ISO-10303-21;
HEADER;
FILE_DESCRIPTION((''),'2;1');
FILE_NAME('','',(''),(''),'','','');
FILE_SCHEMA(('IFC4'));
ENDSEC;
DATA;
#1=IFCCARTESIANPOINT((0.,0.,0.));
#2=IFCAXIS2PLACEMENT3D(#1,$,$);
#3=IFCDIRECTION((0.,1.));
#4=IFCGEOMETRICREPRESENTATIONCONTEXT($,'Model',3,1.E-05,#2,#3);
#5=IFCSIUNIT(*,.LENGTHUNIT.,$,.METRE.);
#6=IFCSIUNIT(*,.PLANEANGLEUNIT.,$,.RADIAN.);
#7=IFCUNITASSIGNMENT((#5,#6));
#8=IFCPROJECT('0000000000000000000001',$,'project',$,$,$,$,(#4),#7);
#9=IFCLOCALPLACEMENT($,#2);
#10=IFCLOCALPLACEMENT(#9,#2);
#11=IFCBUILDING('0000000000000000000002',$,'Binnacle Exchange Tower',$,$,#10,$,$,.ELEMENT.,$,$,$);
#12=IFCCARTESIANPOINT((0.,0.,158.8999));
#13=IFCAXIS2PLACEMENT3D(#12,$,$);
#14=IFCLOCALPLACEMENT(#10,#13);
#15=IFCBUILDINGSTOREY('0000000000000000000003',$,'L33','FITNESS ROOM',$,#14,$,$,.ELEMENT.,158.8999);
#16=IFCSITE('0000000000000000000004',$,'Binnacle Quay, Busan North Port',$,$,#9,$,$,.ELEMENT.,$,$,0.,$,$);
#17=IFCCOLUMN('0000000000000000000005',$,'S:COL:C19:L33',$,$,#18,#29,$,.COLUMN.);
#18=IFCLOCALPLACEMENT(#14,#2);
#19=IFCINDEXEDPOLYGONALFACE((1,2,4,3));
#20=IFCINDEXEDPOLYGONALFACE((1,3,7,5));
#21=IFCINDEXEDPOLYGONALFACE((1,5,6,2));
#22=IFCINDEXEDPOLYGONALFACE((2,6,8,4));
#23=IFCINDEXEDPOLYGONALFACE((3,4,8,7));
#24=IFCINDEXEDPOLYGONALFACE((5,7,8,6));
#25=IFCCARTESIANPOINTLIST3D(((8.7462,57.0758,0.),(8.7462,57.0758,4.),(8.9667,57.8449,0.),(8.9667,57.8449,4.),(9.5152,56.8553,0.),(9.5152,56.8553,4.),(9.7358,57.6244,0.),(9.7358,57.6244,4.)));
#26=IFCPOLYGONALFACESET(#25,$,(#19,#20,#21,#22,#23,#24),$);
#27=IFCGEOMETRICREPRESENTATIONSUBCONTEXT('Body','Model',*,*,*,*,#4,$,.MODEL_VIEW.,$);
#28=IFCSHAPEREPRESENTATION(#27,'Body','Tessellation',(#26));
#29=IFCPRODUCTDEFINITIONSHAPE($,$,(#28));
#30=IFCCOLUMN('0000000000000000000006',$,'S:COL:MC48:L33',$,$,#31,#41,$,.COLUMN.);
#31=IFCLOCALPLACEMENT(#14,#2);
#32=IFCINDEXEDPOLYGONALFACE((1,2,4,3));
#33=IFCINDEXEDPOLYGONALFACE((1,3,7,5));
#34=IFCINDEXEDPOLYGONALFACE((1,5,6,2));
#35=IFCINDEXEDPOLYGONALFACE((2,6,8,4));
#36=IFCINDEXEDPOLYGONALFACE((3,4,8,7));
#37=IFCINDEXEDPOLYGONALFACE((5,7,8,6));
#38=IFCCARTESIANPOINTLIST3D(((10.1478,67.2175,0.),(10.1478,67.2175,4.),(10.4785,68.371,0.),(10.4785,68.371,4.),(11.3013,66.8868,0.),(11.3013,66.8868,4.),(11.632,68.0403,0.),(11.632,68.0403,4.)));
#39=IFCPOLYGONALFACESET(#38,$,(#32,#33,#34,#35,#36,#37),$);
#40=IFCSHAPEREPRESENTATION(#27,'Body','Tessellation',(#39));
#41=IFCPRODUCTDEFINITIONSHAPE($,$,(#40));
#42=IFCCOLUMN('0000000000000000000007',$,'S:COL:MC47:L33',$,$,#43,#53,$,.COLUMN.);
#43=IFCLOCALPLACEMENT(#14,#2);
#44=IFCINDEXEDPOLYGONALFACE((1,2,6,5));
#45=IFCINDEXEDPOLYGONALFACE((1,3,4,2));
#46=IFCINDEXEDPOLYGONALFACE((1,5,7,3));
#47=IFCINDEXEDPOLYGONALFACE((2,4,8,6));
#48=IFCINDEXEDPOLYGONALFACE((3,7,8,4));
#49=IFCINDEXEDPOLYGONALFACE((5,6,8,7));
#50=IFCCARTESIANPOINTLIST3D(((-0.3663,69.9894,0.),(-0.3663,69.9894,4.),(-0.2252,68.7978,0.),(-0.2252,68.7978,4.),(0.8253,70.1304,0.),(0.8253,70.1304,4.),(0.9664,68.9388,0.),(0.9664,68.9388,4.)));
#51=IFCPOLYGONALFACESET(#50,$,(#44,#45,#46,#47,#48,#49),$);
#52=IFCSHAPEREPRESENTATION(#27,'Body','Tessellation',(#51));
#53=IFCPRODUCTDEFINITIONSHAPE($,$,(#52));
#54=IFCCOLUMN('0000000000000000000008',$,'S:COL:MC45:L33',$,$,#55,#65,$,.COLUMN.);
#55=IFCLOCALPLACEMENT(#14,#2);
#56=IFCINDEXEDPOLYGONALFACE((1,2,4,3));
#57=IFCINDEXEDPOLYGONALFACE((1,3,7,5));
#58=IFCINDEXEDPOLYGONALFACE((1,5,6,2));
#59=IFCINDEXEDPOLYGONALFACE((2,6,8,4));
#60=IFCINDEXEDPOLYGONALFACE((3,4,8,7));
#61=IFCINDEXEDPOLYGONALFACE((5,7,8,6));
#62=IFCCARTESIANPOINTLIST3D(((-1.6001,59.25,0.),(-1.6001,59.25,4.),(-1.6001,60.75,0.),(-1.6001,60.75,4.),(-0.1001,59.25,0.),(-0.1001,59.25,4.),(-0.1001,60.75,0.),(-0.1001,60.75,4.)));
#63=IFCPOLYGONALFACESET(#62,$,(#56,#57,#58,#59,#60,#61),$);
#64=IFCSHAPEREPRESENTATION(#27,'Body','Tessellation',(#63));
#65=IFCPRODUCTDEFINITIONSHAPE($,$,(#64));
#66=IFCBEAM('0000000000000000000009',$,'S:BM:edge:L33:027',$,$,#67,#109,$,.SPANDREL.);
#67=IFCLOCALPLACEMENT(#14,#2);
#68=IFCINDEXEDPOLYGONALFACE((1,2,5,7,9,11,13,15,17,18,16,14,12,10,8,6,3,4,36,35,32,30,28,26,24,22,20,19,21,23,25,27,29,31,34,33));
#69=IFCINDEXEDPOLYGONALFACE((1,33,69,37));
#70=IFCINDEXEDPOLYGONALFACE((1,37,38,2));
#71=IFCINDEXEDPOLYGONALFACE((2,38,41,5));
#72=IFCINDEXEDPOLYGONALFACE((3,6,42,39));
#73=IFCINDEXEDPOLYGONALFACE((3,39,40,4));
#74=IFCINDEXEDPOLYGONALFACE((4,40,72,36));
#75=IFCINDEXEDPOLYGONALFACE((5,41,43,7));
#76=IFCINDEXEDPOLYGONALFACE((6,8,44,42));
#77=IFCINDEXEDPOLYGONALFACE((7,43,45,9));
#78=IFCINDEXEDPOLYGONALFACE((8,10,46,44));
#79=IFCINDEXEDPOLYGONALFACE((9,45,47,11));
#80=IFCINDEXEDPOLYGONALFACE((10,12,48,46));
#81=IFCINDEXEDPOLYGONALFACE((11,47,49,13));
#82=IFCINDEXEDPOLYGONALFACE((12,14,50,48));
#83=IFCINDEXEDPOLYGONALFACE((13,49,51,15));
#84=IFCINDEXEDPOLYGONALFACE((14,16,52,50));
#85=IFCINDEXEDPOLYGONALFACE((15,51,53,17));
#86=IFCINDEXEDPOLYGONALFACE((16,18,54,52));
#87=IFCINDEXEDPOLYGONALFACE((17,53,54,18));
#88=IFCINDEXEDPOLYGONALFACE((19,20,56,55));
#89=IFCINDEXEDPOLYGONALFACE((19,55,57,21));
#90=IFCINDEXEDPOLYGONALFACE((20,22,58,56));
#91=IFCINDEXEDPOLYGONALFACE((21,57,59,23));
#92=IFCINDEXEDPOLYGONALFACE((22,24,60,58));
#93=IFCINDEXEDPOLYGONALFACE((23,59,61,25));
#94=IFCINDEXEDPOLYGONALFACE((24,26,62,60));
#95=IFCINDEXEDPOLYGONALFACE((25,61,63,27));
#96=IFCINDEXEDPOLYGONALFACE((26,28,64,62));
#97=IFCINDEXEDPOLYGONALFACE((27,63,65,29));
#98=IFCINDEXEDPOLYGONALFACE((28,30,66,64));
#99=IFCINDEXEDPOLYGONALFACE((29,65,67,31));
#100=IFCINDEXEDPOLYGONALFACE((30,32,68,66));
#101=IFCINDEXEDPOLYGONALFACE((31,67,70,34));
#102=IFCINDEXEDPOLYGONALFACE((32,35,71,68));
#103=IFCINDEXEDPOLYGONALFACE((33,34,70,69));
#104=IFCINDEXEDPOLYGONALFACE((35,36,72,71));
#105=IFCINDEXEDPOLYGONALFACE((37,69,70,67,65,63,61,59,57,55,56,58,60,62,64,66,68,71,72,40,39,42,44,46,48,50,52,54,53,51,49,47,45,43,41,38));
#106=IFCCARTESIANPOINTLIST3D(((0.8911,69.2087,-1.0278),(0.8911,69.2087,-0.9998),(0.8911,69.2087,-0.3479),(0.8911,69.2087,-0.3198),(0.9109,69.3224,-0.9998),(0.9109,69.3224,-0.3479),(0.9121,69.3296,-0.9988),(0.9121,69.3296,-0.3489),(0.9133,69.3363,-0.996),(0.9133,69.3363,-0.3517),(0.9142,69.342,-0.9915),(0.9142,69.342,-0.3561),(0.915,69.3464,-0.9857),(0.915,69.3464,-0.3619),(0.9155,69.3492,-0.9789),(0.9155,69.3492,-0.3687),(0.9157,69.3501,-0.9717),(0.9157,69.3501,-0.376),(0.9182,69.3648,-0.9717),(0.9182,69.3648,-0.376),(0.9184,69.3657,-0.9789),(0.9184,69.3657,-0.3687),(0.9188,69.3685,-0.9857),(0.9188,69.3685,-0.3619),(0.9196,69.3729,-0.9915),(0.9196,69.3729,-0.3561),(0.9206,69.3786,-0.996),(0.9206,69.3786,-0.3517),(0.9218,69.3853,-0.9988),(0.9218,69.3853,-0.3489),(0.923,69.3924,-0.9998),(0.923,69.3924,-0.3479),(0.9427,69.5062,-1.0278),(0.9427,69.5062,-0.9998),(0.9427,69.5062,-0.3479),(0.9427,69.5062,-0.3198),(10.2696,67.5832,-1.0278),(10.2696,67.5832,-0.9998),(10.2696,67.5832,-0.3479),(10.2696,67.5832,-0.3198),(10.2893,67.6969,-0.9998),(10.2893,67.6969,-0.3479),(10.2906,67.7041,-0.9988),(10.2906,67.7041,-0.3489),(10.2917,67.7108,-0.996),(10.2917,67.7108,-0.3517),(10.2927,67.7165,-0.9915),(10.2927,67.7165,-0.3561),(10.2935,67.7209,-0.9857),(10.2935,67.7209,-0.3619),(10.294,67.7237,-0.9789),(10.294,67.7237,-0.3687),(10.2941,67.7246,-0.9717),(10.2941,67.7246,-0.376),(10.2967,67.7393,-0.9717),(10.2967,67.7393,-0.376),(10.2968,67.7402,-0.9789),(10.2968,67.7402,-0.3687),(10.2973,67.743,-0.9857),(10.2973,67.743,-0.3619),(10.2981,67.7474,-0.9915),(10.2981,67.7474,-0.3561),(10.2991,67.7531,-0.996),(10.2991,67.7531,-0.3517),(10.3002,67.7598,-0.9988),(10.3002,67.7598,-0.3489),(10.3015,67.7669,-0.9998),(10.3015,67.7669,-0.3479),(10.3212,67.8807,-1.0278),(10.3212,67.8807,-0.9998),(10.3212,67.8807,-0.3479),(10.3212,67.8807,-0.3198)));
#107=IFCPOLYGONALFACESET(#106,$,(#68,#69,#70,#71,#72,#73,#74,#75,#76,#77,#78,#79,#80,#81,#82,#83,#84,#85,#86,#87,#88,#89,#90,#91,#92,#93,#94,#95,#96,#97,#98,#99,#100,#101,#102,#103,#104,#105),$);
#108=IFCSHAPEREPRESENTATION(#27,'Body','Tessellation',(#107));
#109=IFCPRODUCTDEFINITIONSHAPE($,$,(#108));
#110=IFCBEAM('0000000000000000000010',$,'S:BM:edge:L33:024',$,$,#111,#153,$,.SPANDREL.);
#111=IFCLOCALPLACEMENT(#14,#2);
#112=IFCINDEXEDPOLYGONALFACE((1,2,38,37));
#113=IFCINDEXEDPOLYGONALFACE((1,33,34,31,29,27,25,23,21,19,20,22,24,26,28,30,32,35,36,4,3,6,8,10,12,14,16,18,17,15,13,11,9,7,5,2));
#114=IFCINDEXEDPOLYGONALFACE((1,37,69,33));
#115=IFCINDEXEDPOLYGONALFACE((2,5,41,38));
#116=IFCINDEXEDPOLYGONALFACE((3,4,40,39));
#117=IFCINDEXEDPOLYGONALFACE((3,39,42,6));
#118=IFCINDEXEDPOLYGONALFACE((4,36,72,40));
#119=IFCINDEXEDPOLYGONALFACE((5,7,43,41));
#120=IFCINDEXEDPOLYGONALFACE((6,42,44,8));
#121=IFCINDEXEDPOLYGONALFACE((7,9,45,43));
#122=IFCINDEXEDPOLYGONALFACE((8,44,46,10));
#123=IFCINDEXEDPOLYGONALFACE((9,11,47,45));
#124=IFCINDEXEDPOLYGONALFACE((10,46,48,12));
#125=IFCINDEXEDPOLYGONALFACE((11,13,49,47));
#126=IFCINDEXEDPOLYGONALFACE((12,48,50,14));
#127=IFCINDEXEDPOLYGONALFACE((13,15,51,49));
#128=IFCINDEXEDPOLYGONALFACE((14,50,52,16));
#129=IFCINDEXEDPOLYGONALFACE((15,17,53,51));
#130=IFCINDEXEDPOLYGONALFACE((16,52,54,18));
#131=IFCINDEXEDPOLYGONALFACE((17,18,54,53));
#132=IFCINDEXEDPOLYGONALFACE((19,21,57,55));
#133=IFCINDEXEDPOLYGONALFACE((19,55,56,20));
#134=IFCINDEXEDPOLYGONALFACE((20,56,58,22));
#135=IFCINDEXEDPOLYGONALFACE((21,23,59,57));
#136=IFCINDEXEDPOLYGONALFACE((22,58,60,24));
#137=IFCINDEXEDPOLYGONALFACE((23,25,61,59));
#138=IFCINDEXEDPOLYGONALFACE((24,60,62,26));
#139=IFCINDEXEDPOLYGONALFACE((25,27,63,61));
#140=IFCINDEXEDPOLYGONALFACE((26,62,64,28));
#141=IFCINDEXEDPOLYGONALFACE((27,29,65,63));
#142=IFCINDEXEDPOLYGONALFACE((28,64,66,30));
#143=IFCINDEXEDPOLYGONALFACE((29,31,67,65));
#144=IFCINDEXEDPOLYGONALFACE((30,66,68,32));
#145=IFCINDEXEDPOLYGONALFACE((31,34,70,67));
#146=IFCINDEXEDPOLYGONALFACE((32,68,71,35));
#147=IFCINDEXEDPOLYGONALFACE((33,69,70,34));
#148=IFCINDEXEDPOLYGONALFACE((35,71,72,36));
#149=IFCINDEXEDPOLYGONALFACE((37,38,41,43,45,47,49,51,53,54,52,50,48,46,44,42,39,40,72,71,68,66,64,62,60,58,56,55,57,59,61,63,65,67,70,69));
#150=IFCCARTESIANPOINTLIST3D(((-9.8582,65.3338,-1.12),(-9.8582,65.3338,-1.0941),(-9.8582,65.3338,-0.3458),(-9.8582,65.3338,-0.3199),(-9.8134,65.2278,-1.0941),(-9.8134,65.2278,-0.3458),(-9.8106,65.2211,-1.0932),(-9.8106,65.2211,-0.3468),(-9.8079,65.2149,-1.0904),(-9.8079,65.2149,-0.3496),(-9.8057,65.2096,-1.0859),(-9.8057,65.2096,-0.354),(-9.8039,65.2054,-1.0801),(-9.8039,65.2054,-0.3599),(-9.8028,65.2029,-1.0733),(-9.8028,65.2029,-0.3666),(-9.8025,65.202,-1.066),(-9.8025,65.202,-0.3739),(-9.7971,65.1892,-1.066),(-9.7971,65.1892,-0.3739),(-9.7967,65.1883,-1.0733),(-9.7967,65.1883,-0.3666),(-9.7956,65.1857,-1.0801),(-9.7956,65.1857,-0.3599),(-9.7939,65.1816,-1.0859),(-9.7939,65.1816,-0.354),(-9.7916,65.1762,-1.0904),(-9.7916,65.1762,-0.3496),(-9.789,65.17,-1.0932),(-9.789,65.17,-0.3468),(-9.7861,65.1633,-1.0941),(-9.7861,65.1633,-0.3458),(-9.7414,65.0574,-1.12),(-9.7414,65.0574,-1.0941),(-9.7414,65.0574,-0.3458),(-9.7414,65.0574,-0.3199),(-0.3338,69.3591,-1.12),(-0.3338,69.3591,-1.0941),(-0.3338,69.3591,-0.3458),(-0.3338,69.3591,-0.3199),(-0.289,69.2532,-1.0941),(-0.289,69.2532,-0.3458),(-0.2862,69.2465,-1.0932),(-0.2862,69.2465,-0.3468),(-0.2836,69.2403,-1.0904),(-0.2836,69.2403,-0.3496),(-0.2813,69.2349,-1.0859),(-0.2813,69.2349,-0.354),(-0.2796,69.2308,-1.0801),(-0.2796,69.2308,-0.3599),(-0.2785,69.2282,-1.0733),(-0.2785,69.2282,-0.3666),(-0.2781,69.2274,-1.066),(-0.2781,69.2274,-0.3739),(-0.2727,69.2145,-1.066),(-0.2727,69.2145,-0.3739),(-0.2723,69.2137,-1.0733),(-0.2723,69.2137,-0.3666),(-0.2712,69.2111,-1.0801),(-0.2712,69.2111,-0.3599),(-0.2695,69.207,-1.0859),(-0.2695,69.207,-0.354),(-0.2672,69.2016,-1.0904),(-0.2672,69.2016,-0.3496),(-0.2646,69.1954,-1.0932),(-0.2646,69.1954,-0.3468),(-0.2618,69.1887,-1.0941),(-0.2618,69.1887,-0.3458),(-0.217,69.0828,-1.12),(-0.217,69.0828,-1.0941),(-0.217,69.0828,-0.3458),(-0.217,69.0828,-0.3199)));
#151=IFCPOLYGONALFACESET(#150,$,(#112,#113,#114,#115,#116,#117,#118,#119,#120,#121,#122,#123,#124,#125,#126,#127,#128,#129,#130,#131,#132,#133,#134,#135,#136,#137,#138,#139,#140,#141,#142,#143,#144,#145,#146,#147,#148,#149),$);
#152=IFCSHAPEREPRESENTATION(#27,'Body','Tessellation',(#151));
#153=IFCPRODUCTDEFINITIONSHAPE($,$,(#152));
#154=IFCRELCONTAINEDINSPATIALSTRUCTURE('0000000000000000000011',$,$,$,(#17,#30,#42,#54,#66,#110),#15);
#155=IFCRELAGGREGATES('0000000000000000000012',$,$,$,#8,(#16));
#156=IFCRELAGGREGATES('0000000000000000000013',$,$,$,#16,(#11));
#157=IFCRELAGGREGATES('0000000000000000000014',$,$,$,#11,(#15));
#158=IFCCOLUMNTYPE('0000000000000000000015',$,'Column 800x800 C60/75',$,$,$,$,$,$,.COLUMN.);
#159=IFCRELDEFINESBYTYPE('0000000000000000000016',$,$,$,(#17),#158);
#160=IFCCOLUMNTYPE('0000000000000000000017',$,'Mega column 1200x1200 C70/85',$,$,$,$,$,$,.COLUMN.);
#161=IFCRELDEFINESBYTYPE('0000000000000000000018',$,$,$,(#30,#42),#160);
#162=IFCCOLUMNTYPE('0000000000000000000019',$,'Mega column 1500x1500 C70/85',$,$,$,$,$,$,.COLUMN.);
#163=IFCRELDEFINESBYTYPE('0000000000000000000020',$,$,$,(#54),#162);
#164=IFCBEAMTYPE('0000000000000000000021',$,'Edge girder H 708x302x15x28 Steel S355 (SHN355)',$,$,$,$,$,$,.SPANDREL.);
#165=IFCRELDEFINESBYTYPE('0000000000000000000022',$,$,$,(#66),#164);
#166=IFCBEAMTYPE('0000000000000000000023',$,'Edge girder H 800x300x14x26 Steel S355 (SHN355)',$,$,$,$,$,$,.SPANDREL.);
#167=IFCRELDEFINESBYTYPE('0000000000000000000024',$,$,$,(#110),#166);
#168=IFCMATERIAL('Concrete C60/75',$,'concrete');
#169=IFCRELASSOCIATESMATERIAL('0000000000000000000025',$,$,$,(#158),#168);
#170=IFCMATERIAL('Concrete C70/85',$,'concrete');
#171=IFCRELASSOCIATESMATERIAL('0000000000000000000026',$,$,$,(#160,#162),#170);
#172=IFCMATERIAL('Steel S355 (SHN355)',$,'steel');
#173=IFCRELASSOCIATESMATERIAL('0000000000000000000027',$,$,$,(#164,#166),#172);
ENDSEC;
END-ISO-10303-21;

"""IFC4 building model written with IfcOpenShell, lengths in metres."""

from ifc_helpers import new_model, si_unit, direction, frame, origin, origin_2d, place, context, subcontext, project, spatial, rectangle, i_section, extrude, material, material_profile, profile_set, type_object, element, save


model = new_model("IFC4")

# Units and contexts
model_context = context("Model", 3, precision=1e-05, world=origin(), true_north=direction((0.0, 1.0)))
body_context = subcontext(model_context, "Body", "Model", "MODEL_VIEW")
ifc_project = project(units=[si_unit("LENGTHUNIT", "METRE"), si_unit("PLANEANGLEUNIT", "RADIAN")], contexts=[model_context])

# Site, building, storey
site_placement = place(None, origin())
site = spatial("IfcSite", under=ifc_project, at=site_placement, Name="Binnacle Quay, Busan North Port", CompositionType="ELEMENT", RefElevation=0.0)
building_placement = place(site_placement, origin())
building = spatial("IfcBuilding", under=site, at=building_placement, Name="Binnacle Exchange Tower", CompositionType="ELEMENT")
storey_placement = place(building_placement, frame((0.0, 0.0, 158.8999)))
storey = spatial("IfcBuildingStorey", under=building, at=storey_placement, Name="L33", Description="FITNESS ROOM", CompositionType="ELEMENT", Elevation=158.8999)

# Columns
ifc_material_1 = material(Name="Concrete C60/75", Category="concrete")
ifc_material_profile_1 = material_profile(ifc_material_1, rectangle(XDim=0.8, YDim=0.8, at=origin_2d()), Name="Column 800x800 C60/75")
ifc_profile_set_1 = profile_set([ifc_material_profile_1], Name="Concrete C60/75")
column_type_1 = type_object("IfcColumnType", Name="Column 800x800 C60/75", PredefinedType="COLUMN", material=ifc_profile_set_1)
column_1_placement = place(storey_placement, frame((9.241, 57.3501, 0.0), z_axis=(0.0, 0.0, 1.0), x_axis=(0.961262, -0.275637, 0.0)))
element("IfcColumn", 1, at=column_1_placement, inside=storey, type_object=column_type_1, Name="S:COL:C19:L33", PredefinedType="COLUMN", context=body_context, shape_type="SweptSolid", body=[
    extrude(rectangle(XDim=0.8, YDim=0.8, at=origin_2d()), origin(), (0.0, 0.0, 1.0), 4.0),
])
ifc_material_2 = material(Name="Concrete C70/85", Category="concrete")
ifc_material_profile_2 = material_profile(ifc_material_2, rectangle(XDim=1.2, YDim=1.2, at=origin_2d()), Name="Mega column 1200x1200 C70/85")
ifc_profile_set_2 = profile_set([ifc_material_profile_2], Name="Concrete C70/85")
column_type_2 = type_object("IfcColumnType", Name="Mega column 1200x1200 C70/85", PredefinedType="COLUMN", material=ifc_profile_set_2)
for number, where, z_axis, x_axis, name in (
    (2, (10.8899, 67.6289, 0.0), (0.0, 0.0, 1.0), (-0.961262, 0.275637, 0.0), "S:COL:MC48:L33"),
    (3, (0.3, 69.4641, 0.0), (0.0, 0.0, 1.0), (-0.993068, -0.117537, 0.0), "S:COL:MC47:L33"),
):
    element("IfcColumn", number, at=place(storey_placement, frame(where, z_axis=z_axis, x_axis=x_axis)), inside=storey, type_object=column_type_2, Name=name, PredefinedType="COLUMN", context=body_context, shape_type="SweptSolid", body=[
        extrude(rectangle(XDim=1.2, YDim=1.2, at=origin_2d()), origin(), (0.0, 0.0, 1.0), 4.0),
    ])
ifc_material_profile_3 = material_profile(ifc_material_2, rectangle(XDim=1.5, YDim=1.5, at=origin_2d()), Name="Mega column 1500x1500 C70/85")
ifc_profile_set_3 = profile_set([ifc_material_profile_3], Name="Concrete C70/85")
column_type_3 = type_object("IfcColumnType", Name="Mega column 1500x1500 C70/85", PredefinedType="COLUMN", material=ifc_profile_set_3)
column_2_placement = place(storey_placement, frame((-0.8501, 60.0, 0.0), z_axis=(0.0, 0.0, 1.0), x_axis=(0.0, 1.0, 0.0)))
element("IfcColumn", 4, at=column_2_placement, inside=storey, type_object=column_type_3, Name="S:COL:MC45:L33", PredefinedType="COLUMN", context=body_context, shape_type="SweptSolid", body=[
    extrude(rectangle(XDim=1.5, YDim=1.5, at=origin_2d()), origin(), (0.0, 0.0, 1.0), 4.0),
])

# Beams
ifc_material_3 = material(Name="Steel S355 (SHN355)", Category="steel")
ifc_material_profile_4 = material_profile(ifc_material_3, i_section(OverallWidth=0.302, OverallDepth=0.708, WebThickness=0.0149, FlangeThickness=0.0281, FilletRadius=0.0281, at=origin_2d()), Name="H 708x302x15x28")
ifc_profile_set_4 = profile_set([ifc_material_profile_4], Name="Steel S355 (SHN355)")
beam_type_1 = type_object("IfcBeamType", Name="Edge girder H 708x302x15x28 Steel S355 (SHN355)", PredefinedType="SPANDREL", material=ifc_profile_set_4)
beam_1_placement = place(storey_placement, frame((10.2954, 67.7319, -0.6738), z_axis=(-0.98531, 0.170776, 0.0), x_axis=(-0.170776, -0.98531, 0.0)))
element("IfcBeam", 5, at=beam_1_placement, inside=storey, type_object=beam_type_1, Name="S:BM:edge:L33:027", PredefinedType="SPANDREL", context=body_context, shape_type="SweptSolid", body=[
    extrude(i_section(OverallWidth=0.302, OverallDepth=0.708, WebThickness=0.0149, FlangeThickness=0.0281, FilletRadius=0.0281, at=origin_2d()), origin(), (0.0, 0.0, 1.0), 9.5183),
])
ifc_material_profile_5 = material_profile(ifc_material_3, i_section(OverallWidth=0.3, OverallDepth=0.8, WebThickness=0.0139, FlangeThickness=0.0259, FilletRadius=0.0281, at=origin_2d()), Name="H 800x300x14x26")
ifc_profile_set_5 = profile_set([ifc_material_profile_5], Name="Steel S355 (SHN355)")
beam_type_2 = type_object("IfcBeamType", Name="Edge girder H 800x300x14x26 Steel S355 (SHN355)", PredefinedType="SPANDREL", material=ifc_profile_set_5)
beam_2_placement = place(storey_placement, frame((-0.2754, 69.2209, -0.72), z_axis=(-0.921112, -0.389298, 0.0), x_axis=(0.389298, -0.921112, 0.0)))
element("IfcBeam", 6, at=beam_2_placement, inside=storey, type_object=beam_type_2, Name="S:BM:edge:L33:024", PredefinedType="SPANDREL", context=body_context, shape_type="SweptSolid", body=[
    extrude(i_section(OverallWidth=0.3, OverallDepth=0.8, WebThickness=0.0139, FlangeThickness=0.0259, FilletRadius=0.0281, at=origin_2d()), origin(), (0.0, 0.0, 1.0), 10.3401),
])

save(model, "model.ifc")
